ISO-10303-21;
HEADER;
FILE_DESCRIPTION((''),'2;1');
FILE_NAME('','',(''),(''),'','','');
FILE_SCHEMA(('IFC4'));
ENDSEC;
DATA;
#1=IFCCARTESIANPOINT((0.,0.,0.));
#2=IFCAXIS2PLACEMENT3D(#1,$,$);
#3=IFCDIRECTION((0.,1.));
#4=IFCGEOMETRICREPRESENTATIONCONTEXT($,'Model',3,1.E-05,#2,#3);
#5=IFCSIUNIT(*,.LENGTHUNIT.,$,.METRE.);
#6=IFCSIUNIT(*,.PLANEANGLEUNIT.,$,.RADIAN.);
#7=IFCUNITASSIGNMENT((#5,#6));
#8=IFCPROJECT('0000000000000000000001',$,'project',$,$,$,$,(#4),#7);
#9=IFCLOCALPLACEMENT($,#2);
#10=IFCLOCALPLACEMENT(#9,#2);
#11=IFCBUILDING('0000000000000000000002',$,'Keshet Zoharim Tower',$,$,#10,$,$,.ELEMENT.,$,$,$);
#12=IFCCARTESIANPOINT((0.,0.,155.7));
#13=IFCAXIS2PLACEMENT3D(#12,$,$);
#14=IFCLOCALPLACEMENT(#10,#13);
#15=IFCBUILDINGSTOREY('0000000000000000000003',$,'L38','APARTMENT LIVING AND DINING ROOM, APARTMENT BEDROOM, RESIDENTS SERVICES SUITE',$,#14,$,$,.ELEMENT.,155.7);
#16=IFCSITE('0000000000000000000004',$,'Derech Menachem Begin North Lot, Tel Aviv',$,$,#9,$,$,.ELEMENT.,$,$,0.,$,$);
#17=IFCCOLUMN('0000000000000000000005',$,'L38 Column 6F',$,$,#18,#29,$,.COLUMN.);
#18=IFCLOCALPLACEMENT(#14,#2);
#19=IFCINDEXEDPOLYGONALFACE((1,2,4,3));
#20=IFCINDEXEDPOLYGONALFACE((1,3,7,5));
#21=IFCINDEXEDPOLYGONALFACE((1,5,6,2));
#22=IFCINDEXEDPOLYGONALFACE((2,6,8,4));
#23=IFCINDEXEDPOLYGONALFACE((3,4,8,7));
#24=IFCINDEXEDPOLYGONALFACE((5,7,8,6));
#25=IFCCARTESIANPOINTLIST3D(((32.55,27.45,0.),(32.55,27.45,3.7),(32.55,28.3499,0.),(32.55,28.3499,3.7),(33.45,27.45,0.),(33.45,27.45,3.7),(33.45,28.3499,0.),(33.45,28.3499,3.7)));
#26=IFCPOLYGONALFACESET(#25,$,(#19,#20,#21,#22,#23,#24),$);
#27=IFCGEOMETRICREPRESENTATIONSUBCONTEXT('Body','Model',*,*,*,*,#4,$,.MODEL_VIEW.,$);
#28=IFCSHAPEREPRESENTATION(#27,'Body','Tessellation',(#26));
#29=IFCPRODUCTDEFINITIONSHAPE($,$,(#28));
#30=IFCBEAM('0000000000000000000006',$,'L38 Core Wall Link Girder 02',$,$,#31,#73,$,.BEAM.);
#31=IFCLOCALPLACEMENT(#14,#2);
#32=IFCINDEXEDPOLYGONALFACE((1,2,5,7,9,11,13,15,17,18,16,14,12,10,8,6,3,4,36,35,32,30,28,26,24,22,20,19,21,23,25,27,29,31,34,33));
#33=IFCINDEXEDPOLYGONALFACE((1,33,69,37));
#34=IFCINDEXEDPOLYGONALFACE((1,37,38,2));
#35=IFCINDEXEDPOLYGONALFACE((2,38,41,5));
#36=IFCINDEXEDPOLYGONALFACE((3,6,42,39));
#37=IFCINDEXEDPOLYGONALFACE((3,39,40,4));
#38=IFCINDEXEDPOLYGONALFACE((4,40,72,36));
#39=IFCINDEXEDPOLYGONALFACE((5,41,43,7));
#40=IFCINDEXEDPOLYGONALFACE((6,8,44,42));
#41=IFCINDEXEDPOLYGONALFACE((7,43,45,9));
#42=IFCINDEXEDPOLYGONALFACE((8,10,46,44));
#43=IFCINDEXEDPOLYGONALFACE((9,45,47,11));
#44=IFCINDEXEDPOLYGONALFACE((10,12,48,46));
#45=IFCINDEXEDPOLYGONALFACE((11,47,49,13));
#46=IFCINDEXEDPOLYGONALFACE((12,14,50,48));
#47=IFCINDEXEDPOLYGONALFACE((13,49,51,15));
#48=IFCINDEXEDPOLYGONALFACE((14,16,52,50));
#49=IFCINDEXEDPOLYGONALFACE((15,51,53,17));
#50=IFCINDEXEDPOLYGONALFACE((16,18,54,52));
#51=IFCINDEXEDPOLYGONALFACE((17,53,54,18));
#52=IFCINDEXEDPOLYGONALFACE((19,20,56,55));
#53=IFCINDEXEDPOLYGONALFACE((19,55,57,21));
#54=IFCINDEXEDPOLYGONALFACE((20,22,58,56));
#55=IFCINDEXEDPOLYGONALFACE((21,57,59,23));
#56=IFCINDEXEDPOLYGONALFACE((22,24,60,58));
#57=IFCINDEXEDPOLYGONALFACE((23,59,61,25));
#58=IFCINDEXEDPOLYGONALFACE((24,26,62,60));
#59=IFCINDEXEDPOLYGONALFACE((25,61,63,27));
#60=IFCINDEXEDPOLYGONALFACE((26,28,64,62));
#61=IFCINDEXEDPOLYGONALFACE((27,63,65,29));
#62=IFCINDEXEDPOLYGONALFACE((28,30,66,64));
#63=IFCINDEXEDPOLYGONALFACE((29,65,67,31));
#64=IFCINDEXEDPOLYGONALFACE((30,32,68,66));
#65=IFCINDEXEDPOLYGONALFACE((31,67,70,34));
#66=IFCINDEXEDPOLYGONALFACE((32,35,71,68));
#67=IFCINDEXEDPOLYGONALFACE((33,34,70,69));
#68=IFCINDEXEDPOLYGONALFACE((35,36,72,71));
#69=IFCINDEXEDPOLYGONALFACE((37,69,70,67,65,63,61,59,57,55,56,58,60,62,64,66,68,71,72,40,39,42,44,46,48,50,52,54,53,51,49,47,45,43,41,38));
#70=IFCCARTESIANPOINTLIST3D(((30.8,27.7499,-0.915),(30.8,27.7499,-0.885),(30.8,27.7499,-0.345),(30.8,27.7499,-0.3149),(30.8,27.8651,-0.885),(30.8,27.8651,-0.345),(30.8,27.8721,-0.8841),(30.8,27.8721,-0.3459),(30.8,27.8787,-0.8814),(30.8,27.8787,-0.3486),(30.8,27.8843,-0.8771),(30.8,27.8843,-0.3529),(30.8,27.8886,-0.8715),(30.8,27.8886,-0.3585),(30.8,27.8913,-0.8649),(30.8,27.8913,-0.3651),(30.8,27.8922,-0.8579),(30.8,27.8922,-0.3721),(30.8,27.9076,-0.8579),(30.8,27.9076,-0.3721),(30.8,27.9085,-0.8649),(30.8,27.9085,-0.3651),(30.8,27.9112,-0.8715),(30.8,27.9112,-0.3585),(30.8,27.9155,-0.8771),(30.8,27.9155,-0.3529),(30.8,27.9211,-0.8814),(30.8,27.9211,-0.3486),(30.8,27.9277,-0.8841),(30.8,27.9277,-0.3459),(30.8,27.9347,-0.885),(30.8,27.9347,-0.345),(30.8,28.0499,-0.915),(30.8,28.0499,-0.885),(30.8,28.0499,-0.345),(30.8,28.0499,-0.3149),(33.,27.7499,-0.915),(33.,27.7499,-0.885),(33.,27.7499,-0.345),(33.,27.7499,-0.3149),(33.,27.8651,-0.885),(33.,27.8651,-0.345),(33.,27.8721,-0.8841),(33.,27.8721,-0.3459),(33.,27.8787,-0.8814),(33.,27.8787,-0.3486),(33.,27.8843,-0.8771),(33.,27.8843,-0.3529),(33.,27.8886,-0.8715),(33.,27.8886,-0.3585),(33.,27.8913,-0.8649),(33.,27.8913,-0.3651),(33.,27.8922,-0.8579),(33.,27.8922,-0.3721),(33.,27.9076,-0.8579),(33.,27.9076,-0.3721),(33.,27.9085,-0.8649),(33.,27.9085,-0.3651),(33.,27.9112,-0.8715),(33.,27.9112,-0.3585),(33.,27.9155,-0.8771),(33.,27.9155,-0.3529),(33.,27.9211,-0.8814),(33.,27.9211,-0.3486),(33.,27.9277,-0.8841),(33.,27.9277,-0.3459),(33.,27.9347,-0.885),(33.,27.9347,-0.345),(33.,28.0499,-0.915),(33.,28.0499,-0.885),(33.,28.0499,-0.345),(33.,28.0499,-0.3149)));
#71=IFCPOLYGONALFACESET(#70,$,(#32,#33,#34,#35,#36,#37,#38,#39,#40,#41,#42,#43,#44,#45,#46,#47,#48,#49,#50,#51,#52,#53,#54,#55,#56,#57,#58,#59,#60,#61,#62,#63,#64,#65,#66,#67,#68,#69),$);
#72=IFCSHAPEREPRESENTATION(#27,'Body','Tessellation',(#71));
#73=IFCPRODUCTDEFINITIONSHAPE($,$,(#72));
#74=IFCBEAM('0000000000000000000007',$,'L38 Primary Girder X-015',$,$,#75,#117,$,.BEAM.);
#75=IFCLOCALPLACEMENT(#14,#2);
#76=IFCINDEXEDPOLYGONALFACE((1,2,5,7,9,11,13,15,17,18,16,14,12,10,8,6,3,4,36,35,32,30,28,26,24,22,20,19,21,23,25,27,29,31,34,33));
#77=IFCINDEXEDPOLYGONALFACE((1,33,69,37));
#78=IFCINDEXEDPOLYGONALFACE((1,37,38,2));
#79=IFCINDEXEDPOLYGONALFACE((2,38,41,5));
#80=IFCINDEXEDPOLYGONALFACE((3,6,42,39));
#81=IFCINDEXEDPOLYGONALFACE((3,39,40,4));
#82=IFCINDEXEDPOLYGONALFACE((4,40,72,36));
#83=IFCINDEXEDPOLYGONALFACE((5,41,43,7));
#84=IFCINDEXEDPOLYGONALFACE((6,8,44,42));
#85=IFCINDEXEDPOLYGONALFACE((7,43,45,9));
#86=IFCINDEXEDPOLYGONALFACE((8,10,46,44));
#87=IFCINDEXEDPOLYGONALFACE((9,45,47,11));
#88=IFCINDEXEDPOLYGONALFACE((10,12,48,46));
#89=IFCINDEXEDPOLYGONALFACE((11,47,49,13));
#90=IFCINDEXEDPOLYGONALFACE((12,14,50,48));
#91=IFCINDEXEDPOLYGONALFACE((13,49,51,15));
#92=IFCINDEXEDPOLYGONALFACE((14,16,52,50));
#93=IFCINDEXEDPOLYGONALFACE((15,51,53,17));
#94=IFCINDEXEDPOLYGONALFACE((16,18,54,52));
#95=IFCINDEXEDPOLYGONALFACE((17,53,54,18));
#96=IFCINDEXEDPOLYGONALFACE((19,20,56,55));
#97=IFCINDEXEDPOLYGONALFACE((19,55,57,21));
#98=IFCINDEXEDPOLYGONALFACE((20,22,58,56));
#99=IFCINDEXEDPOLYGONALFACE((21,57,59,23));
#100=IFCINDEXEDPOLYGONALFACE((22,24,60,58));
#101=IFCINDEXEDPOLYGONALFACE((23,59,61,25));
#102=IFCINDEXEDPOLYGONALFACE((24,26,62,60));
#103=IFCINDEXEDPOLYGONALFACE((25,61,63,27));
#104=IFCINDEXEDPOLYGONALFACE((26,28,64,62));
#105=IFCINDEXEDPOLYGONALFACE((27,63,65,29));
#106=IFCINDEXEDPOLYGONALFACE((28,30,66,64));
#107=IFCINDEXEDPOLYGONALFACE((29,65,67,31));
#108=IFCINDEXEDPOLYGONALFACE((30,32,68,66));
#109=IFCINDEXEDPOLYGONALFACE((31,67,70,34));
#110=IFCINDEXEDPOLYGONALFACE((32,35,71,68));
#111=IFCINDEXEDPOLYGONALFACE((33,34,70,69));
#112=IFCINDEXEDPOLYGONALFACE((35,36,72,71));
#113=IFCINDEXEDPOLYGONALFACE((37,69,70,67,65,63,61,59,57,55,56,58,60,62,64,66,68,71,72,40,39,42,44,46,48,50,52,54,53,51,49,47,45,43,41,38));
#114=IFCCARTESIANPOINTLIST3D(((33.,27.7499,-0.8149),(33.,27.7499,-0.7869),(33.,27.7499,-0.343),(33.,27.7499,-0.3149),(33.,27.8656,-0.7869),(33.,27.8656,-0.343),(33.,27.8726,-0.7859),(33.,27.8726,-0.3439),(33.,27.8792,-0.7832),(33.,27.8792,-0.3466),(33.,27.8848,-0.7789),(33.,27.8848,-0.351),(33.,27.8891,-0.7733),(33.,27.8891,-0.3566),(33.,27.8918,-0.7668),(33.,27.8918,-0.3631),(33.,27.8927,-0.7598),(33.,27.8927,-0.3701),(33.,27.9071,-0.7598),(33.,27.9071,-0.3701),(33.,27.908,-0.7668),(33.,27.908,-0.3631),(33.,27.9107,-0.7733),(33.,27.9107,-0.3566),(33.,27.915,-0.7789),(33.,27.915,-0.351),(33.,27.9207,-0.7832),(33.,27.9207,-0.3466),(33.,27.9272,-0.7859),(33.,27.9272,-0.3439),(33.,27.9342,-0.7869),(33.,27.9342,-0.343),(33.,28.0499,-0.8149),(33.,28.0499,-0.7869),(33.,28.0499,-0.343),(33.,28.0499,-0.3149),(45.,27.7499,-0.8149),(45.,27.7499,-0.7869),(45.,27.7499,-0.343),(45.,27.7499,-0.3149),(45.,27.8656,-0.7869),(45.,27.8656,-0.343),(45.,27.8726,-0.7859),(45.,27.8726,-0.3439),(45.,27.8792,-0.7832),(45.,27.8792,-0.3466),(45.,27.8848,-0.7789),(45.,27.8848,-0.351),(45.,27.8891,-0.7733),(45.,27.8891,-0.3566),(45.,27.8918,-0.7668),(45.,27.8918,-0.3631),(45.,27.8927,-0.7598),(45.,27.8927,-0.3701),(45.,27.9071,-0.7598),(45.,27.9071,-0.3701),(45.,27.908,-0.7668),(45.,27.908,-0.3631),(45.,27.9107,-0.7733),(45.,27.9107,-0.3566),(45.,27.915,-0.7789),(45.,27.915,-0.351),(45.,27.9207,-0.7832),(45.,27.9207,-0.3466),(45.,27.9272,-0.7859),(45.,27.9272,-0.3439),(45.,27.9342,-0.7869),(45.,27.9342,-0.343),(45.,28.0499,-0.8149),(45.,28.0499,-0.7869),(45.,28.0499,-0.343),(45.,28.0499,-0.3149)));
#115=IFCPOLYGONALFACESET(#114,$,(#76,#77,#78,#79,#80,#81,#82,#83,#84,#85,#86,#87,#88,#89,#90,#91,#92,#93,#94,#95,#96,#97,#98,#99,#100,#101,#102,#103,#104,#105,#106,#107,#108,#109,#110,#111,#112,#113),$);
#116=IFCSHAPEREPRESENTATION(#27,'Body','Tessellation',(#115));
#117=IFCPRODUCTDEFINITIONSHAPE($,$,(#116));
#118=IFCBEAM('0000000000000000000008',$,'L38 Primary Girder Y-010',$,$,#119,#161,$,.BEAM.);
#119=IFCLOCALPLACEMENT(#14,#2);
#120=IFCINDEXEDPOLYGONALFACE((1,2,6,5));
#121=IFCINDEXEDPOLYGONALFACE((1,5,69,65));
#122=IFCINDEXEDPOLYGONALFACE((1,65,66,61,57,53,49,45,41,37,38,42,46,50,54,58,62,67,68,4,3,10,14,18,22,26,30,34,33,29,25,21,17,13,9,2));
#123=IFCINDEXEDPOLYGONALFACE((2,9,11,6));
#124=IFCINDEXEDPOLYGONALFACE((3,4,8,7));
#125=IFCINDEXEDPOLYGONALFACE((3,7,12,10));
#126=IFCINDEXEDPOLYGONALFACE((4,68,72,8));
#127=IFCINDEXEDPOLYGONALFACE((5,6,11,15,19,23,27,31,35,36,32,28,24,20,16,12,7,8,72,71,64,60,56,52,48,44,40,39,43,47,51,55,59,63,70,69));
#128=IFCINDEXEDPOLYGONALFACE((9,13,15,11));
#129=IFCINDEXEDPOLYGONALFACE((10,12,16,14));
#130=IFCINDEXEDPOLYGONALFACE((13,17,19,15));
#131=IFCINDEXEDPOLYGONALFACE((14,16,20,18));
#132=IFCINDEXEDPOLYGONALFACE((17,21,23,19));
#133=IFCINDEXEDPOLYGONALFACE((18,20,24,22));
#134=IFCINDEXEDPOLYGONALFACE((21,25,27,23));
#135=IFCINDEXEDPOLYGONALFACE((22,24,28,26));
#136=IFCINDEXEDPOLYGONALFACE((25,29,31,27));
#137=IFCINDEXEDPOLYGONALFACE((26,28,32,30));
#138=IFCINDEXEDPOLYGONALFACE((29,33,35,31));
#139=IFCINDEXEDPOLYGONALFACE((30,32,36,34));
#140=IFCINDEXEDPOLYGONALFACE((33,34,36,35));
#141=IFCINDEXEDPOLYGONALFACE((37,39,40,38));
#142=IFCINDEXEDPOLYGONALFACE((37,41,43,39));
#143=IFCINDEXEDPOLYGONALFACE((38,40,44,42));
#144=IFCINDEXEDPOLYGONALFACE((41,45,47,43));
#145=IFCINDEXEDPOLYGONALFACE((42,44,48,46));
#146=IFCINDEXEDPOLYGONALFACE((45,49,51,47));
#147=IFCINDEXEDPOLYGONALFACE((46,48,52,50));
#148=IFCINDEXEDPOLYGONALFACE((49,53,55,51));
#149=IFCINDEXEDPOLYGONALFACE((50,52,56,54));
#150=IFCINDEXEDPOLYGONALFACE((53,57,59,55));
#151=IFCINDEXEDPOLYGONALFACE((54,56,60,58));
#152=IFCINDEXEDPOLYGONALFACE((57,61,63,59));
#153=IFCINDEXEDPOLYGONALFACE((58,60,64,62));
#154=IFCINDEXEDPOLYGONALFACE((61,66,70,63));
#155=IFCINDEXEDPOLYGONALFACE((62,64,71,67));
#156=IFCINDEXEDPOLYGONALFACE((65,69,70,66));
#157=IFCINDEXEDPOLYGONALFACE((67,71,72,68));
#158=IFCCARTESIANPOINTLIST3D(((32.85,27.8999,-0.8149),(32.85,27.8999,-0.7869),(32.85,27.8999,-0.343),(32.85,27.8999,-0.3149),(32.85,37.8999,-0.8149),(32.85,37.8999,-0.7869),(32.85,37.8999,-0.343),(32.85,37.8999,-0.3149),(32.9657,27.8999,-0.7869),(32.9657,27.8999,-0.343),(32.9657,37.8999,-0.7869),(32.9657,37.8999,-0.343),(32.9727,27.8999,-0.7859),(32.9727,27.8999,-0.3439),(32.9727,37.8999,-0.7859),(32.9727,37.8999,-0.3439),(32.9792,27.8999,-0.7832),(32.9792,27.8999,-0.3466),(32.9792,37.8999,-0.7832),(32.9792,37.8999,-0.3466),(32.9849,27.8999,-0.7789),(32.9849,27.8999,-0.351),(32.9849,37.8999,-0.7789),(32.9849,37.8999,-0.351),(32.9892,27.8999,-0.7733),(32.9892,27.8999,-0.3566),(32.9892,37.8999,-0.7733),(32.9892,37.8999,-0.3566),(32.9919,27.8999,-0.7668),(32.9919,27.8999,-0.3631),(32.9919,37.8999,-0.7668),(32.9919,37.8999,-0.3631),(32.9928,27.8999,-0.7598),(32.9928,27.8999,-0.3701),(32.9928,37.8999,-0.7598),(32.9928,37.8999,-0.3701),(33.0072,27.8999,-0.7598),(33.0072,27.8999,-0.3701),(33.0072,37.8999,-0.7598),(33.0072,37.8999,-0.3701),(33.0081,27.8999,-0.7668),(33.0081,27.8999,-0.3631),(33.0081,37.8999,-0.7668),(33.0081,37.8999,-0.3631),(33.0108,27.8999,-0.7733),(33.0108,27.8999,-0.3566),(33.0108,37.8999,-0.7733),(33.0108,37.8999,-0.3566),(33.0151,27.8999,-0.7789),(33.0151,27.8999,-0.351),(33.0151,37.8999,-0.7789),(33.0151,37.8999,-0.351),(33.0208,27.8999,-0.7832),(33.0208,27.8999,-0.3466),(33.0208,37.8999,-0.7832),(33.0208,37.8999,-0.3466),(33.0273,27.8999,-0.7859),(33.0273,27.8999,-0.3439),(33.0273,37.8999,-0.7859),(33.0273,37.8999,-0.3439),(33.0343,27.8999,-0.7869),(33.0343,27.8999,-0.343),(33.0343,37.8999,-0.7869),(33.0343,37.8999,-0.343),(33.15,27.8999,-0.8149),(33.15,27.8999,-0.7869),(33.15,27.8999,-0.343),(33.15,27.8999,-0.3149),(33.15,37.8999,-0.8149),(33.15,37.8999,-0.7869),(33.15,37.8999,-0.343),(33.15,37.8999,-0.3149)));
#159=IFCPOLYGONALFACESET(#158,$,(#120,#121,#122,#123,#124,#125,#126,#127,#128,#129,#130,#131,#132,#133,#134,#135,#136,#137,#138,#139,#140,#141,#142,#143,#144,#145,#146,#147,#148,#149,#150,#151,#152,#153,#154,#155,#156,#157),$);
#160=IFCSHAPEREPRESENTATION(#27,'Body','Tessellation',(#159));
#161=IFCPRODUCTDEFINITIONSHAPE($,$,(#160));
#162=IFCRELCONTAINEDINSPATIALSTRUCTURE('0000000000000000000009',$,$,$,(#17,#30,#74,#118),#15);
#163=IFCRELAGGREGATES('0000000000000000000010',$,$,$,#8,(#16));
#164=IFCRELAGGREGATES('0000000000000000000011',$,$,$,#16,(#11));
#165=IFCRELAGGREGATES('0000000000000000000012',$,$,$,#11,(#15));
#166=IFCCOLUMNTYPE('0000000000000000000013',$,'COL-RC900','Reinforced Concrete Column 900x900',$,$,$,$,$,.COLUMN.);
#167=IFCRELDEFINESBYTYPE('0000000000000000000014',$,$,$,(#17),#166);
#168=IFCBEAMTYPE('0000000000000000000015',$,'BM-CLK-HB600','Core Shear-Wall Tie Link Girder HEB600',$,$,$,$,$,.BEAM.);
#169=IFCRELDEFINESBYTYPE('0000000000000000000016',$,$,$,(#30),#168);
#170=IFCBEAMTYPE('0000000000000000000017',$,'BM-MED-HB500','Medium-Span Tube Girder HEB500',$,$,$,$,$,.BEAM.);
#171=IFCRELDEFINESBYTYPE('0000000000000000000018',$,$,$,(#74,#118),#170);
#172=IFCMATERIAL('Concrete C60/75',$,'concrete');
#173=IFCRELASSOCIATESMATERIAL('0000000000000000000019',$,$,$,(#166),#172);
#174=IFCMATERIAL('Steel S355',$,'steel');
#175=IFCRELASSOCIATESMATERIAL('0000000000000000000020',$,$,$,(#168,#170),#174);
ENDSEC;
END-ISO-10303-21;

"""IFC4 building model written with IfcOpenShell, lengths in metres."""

from ifc_helpers import new_model, si_unit, direction, frame, origin, origin_2d, place, context, subcontext, project, spatial, rectangle, i_section, extrude, material, material_profile, profile_set, type_object, element, save


model = new_model("IFC4")

# Units and contexts
model_context = context("Model", 3, precision=1e-05, world=origin(), true_north=direction((0.0, 1.0)))
body_context = subcontext(model_context, "Body", "Model", "MODEL_VIEW")
ifc_project = project(units=[si_unit("LENGTHUNIT", "METRE"), si_unit("PLANEANGLEUNIT", "RADIAN")], contexts=[model_context])

# Site, building, storey
site_placement = place(None, origin())
site = spatial("IfcSite", under=ifc_project, at=site_placement, Name="Derech Menachem Begin North Lot, Tel Aviv", CompositionType="ELEMENT", RefElevation=0.0)
building_placement = place(site_placement, origin())
building = spatial("IfcBuilding", under=site, at=building_placement, Name="Keshet Zoharim Tower", CompositionType="ELEMENT")
storey_placement = place(building_placement, frame((0.0, 0.0, 155.7)))
storey = spatial("IfcBuildingStorey", under=building, at=storey_placement, Name="L38", Description="APARTMENT LIVING AND DINING ROOM, APARTMENT BEDROOM, RESIDENTS SERVICES SUITE", CompositionType="ELEMENT", Elevation=155.7)

# Column
ifc_material_1 = material(Name="Concrete C60/75", Category="concrete")
ifc_material_profile_1 = material_profile(ifc_material_1, rectangle(XDim=0.8999, YDim=0.8999, at=origin_2d()), Name="RC900x900")
ifc_profile_set_1 = profile_set([ifc_material_profile_1], Name="Concrete C60/75")
column_type = type_object("IfcColumnType", Name="COL-RC900", Description="Reinforced Concrete Column 900x900", PredefinedType="COLUMN", material=ifc_profile_set_1)
column_placement = place(storey_placement, frame((33.0, 27.8999, 0.0), z_axis=(0.0, 0.0, 1.0), x_axis=(1.0, 0.0, 0.0)))
element("IfcColumn", 1, at=column_placement, inside=storey, type_object=column_type, Name="L38 Column 6F", PredefinedType="COLUMN", context=body_context, shape_type="SweptSolid", body=[
    extrude(rectangle(XDim=0.8999, YDim=0.8999, at=origin_2d()), origin(), (0.0, 0.0, 1.0), 3.7),
])

# Beams
ifc_material_2 = material(Name="Steel S355", Category="steel")
ifc_material_profile_2 = material_profile(ifc_material_2, i_section(OverallWidth=0.3, OverallDepth=0.6001, WebThickness=0.0154, FlangeThickness=0.03, FilletRadius=0.0271, at=origin_2d()), Name="HEB600")
ifc_profile_set_2 = profile_set([ifc_material_profile_2], Name="Steel S355")
beam_type_1 = type_object("IfcBeamType", Name="BM-CLK-HB600", Description="Core Shear-Wall Tie Link Girder HEB600", PredefinedType="BEAM", material=ifc_profile_set_2)
beam_1_placement = place(storey_placement, frame((30.8, 27.8999, -0.615), z_axis=(1.0, 0.0, 0.0), x_axis=(0.0, 1.0, 0.0)))
element("IfcBeam", 2, at=beam_1_placement, inside=storey, type_object=beam_type_1, Name="L38 Core Wall Link Girder 02", PredefinedType="BEAM", context=body_context, shape_type="SweptSolid", body=[
    extrude(i_section(OverallWidth=0.3, OverallDepth=0.6001, WebThickness=0.0154, FlangeThickness=0.03, FilletRadius=0.0271, at=origin_2d()), origin(), (0.0, 0.0, 1.0), 2.2),
])
ifc_material_profile_3 = material_profile(ifc_material_2, i_section(OverallWidth=0.3, OverallDepth=0.5, WebThickness=0.0144, FlangeThickness=0.0281, FilletRadius=0.0271, at=origin_2d()), Name="HEB500")
ifc_profile_set_3 = profile_set([ifc_material_profile_3], Name="Steel S355")
beam_type_2 = type_object("IfcBeamType", Name="BM-MED-HB500", Description="Medium-Span Tube Girder HEB500", PredefinedType="BEAM", material=ifc_profile_set_3)
beam_2_placement = place(storey_placement, frame((33.0, 27.8999, -0.5649), z_axis=(1.0, 0.0, 0.0), x_axis=(0.0, 1.0, 0.0)))
element("IfcBeam", 3, at=beam_2_placement, inside=storey, type_object=beam_type_2, Name="L38 Primary Girder X-015", PredefinedType="BEAM", context=body_context, shape_type="SweptSolid", body=[
    extrude(i_section(OverallWidth=0.3, OverallDepth=0.5, WebThickness=0.0144, FlangeThickness=0.0281, FilletRadius=0.0271, at=origin_2d()), origin(), (0.0, 0.0, 1.0), 12.0),
])
beam_3_placement = place(storey_placement, frame((33.0, 27.8999, -0.5649), z_axis=(0.0, 1.0, 0.0), x_axis=(-1.0, 0.0, 0.0)))
element("IfcBeam", 4, at=beam_3_placement, inside=storey, type_object=beam_type_2, Name="L38 Primary Girder Y-010", PredefinedType="BEAM", context=body_context, shape_type="SweptSolid", body=[
    extrude(i_section(OverallWidth=0.3, OverallDepth=0.5, WebThickness=0.0144, FlangeThickness=0.0281, FilletRadius=0.0271, at=origin_2d()), origin(), (0.0, 0.0, 1.0), 10.0),
])

save(model, "model.ifc")
